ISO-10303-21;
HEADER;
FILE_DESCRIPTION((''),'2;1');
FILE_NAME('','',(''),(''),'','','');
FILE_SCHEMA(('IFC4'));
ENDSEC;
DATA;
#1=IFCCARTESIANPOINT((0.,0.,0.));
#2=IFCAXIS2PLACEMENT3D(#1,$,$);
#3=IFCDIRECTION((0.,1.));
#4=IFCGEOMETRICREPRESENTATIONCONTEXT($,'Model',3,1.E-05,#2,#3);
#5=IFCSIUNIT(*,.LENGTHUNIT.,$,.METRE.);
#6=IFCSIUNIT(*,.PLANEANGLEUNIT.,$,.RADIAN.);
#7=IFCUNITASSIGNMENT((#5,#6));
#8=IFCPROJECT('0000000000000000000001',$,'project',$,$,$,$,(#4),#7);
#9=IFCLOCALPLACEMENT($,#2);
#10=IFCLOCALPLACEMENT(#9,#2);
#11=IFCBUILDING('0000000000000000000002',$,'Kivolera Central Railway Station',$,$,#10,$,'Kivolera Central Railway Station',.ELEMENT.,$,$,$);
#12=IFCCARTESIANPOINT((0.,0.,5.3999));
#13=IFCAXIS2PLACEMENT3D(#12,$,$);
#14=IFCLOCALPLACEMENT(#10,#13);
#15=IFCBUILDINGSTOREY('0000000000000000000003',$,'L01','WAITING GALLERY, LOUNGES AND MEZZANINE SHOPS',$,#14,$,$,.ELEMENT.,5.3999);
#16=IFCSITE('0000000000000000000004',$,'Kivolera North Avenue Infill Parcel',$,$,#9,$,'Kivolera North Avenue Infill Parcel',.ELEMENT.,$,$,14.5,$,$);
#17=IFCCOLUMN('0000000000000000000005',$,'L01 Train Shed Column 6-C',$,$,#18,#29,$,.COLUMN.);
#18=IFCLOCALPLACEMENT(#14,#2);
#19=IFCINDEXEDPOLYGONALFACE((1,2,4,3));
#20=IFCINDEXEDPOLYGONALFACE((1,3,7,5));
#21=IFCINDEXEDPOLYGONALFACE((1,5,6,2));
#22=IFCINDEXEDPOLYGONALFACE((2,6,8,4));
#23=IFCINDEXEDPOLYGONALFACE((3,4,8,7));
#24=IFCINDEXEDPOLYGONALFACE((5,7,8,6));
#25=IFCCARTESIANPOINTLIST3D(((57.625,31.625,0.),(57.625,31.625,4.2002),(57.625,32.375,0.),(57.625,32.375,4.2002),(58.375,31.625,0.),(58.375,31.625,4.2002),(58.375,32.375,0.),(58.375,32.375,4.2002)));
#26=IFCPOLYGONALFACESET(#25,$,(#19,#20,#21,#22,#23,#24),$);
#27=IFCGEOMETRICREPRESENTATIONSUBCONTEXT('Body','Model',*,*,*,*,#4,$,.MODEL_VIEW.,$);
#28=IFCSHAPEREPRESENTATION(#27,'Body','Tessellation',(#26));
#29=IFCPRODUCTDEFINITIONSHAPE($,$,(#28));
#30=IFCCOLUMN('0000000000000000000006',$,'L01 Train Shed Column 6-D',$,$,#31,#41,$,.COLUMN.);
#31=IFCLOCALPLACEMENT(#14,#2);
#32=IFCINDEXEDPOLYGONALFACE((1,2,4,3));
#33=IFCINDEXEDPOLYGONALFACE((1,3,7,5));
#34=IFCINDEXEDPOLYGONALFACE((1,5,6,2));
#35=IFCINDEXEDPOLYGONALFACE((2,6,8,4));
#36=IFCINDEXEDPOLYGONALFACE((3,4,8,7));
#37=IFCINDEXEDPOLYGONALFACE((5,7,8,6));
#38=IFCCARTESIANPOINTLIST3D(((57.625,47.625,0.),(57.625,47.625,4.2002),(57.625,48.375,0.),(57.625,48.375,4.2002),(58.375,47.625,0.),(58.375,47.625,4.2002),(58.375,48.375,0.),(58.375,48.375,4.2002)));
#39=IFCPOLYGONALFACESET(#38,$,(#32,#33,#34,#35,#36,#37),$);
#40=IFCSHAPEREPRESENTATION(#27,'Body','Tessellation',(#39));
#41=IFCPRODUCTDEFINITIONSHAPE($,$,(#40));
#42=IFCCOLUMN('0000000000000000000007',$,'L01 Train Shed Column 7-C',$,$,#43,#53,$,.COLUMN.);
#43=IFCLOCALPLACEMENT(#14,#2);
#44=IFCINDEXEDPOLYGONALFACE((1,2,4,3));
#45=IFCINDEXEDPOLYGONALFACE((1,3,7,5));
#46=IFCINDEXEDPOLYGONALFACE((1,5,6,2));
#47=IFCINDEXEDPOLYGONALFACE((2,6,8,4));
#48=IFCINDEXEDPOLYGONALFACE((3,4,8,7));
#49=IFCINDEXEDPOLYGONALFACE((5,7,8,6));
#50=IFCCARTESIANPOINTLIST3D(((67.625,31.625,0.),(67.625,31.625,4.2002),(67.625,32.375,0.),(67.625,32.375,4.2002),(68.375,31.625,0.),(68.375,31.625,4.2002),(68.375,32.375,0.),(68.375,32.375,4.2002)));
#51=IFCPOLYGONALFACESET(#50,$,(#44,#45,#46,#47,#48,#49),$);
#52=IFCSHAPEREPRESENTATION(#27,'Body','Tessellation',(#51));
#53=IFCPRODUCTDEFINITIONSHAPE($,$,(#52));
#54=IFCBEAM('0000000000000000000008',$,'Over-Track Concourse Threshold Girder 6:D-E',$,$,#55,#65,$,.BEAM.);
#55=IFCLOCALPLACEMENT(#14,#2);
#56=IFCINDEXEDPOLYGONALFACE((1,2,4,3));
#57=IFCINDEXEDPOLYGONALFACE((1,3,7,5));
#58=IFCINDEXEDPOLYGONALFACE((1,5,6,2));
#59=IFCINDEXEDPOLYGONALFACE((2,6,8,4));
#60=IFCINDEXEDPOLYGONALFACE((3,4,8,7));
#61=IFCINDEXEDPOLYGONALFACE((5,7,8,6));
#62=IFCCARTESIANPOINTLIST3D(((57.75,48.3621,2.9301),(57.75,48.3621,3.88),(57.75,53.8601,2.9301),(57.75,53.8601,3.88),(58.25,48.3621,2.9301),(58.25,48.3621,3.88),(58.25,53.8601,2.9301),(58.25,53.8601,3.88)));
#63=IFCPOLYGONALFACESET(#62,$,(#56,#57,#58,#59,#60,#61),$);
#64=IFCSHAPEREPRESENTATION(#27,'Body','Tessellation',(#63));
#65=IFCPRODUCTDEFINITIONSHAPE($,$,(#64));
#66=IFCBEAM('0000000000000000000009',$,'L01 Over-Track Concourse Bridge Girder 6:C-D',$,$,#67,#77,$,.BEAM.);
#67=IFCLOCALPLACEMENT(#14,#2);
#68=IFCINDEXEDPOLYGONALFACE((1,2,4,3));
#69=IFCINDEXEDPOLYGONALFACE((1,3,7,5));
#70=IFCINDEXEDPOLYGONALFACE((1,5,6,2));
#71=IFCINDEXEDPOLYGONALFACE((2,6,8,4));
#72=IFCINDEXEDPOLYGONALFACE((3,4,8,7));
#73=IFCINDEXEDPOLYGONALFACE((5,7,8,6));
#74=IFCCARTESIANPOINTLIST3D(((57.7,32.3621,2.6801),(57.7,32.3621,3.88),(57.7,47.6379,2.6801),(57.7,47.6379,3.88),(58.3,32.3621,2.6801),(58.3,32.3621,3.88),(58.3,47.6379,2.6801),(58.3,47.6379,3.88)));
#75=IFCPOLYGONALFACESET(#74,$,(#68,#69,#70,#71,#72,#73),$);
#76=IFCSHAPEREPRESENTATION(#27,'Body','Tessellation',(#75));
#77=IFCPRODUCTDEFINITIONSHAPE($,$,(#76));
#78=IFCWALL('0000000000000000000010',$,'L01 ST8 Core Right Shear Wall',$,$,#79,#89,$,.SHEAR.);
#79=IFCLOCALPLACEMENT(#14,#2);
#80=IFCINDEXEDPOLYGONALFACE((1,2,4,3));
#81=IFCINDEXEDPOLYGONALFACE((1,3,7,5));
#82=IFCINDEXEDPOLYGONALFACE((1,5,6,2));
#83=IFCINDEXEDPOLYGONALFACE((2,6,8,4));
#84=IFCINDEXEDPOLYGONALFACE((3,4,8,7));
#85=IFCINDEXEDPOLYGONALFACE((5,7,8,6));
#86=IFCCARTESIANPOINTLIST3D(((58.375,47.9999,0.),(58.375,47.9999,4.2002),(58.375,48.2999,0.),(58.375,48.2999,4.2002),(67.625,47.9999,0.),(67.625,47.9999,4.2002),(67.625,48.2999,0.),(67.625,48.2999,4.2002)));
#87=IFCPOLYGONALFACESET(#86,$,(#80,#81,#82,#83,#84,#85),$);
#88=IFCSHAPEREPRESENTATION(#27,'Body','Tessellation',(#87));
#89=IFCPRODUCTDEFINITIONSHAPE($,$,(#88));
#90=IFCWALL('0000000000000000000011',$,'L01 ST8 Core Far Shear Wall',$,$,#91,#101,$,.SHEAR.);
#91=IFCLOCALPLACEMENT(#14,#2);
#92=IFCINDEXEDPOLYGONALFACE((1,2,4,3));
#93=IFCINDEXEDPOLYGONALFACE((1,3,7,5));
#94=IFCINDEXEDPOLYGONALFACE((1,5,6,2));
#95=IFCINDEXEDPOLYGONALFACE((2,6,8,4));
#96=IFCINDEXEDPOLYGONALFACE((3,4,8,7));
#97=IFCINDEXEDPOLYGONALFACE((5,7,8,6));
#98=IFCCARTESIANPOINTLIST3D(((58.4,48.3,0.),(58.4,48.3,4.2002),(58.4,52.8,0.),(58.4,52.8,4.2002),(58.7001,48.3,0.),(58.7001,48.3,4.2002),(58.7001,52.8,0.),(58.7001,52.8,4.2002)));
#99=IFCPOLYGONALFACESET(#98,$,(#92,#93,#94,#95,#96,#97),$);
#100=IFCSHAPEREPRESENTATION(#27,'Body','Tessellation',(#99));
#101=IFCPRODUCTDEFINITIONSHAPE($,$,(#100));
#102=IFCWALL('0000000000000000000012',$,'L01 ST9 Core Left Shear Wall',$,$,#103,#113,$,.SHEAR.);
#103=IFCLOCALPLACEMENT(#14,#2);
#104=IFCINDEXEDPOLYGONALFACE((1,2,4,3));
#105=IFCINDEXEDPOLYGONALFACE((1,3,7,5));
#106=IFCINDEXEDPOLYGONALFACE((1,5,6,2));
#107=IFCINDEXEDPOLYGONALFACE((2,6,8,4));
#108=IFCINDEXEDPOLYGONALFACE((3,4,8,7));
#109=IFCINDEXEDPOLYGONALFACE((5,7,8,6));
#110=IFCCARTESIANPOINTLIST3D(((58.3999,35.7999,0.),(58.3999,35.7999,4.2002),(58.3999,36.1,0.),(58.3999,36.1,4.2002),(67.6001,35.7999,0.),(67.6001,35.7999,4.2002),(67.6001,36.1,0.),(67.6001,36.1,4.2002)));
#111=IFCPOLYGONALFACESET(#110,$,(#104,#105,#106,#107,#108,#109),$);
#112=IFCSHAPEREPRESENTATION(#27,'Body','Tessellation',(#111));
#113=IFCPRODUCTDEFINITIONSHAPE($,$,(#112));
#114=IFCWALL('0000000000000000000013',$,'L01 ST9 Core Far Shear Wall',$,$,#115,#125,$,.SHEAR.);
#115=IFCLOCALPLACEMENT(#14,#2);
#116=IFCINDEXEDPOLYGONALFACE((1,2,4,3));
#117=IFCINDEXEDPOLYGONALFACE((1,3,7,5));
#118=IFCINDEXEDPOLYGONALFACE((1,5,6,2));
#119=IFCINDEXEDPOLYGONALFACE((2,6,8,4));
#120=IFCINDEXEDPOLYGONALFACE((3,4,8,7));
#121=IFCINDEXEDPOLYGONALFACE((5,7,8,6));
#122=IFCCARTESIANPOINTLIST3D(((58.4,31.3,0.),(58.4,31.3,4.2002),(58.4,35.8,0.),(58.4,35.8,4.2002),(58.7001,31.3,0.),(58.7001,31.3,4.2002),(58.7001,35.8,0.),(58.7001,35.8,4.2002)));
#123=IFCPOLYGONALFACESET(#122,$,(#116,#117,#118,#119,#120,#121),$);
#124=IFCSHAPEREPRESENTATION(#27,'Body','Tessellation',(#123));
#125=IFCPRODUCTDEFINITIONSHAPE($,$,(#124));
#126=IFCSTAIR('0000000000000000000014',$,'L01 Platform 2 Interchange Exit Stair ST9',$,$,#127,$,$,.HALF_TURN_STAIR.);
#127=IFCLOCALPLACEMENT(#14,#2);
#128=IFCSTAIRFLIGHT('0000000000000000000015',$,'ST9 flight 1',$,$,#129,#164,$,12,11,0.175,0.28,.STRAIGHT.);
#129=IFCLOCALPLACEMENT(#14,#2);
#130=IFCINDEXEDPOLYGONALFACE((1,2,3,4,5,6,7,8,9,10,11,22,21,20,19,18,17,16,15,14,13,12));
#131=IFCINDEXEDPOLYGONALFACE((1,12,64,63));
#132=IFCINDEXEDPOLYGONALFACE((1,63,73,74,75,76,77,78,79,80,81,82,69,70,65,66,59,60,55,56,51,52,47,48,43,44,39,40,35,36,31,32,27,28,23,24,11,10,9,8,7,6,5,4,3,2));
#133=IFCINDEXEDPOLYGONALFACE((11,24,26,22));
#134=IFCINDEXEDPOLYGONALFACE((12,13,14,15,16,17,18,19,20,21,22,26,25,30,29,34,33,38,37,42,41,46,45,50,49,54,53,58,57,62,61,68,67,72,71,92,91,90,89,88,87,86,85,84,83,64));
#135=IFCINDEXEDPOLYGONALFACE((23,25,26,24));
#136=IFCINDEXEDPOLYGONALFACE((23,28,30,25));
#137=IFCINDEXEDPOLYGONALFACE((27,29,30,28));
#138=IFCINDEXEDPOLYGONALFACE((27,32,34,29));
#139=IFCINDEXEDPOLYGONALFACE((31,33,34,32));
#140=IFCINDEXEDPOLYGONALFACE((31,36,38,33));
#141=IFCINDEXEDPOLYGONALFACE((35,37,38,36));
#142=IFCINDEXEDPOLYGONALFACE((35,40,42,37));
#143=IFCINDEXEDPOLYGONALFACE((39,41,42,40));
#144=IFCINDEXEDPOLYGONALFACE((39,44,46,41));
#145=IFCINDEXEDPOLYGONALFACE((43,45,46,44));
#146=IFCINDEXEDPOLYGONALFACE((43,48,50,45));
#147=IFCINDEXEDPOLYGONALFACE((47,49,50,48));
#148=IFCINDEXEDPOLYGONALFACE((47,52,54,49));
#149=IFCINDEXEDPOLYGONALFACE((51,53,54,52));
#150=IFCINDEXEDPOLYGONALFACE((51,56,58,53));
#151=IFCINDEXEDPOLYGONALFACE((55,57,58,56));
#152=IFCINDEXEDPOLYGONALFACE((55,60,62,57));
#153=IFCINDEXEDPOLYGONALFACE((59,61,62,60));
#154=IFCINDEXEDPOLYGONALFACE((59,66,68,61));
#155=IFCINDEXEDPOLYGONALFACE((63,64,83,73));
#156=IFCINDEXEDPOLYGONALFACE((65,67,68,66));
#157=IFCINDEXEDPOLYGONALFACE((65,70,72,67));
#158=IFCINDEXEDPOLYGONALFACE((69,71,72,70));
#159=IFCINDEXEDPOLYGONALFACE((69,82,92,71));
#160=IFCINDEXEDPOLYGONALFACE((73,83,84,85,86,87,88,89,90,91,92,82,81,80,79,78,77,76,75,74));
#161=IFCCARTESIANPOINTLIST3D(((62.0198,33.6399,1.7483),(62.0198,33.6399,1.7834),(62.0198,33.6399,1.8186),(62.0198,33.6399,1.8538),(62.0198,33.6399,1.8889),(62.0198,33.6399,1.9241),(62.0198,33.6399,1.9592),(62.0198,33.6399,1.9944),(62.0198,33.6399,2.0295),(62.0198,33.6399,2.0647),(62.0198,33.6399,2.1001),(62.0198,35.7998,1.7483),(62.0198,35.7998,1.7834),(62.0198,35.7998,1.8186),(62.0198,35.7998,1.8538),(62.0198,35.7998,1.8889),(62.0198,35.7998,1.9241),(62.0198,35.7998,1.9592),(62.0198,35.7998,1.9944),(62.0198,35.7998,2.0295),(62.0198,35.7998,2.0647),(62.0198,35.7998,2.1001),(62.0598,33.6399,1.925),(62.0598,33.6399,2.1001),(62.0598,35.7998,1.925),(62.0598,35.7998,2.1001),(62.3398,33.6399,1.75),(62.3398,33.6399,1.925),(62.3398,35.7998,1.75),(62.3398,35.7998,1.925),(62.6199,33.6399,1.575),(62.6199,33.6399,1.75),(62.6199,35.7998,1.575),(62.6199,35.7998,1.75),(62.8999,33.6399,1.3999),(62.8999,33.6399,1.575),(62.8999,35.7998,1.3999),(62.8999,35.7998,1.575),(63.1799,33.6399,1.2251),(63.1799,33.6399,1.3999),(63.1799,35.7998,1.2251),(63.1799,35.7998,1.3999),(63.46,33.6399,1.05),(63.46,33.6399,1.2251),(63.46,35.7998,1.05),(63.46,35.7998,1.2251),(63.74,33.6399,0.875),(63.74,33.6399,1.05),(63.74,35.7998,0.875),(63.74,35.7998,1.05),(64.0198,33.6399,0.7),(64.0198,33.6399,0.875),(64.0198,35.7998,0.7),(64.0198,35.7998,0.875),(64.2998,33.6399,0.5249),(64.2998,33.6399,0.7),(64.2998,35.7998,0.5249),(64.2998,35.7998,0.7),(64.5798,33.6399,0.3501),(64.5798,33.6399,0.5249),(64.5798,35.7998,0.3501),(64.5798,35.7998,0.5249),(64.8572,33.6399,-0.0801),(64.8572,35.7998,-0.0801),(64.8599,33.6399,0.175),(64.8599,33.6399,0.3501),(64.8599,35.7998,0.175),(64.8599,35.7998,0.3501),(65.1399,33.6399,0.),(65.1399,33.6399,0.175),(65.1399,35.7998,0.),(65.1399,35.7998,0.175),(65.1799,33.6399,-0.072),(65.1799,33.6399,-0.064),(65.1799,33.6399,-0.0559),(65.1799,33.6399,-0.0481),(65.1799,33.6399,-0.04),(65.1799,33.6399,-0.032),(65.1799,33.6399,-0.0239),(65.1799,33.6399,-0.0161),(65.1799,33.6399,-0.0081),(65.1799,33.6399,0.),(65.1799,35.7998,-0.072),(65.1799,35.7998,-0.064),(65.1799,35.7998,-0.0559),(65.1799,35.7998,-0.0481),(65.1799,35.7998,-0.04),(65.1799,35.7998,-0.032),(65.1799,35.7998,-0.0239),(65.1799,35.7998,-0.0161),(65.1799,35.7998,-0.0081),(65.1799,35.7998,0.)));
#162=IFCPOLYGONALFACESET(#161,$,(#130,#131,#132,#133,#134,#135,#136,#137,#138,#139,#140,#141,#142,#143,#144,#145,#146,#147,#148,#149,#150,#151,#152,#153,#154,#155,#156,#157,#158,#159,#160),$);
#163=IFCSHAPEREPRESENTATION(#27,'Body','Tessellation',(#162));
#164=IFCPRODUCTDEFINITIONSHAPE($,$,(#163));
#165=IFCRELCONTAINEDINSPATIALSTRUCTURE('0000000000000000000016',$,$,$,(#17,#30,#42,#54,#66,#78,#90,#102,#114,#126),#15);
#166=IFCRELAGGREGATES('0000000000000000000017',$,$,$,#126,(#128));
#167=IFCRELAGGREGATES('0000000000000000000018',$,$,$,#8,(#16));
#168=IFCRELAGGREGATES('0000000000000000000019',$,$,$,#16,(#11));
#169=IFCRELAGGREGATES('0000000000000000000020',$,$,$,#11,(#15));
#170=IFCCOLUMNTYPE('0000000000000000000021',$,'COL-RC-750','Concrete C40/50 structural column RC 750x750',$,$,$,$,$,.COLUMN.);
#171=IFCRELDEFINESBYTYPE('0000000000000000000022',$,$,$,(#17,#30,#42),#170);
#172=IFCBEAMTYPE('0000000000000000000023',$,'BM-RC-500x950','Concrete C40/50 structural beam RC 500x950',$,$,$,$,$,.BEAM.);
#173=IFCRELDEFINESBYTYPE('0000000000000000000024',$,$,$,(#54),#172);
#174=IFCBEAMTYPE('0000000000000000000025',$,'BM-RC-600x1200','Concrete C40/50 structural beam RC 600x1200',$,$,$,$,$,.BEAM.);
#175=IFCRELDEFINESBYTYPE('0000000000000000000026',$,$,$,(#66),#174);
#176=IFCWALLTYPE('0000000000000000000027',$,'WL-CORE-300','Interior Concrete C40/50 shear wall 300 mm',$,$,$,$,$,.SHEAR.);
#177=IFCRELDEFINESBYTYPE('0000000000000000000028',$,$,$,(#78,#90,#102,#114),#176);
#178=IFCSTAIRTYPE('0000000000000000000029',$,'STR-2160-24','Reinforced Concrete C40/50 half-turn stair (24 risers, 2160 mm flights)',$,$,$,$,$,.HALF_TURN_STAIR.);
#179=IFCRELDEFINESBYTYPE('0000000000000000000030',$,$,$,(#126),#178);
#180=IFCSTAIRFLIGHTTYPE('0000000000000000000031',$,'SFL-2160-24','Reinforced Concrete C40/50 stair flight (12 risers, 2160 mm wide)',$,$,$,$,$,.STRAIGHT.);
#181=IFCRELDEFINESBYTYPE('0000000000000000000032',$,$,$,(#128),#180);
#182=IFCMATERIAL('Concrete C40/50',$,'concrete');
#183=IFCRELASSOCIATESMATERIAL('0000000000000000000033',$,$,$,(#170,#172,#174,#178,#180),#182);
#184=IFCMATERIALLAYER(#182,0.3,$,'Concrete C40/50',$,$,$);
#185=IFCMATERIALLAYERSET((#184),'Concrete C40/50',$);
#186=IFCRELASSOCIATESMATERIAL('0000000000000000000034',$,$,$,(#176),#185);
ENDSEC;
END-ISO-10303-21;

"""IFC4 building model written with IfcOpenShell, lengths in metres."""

from ifc_helpers import new_model, si_unit, direction, frame, frame_2d, origin, origin_2d, place, context, subcontext, project, spatial, polyline, rectangle, outline, extrude, material, layer, layer_set, material_profile, profile_set, type_object, element, aggregate, save


model = new_model("IFC4")

# Units and contexts
model_context = context("Model", 3, precision=1e-05, world=origin(), true_north=direction((0.0, 1.0)))
body_context = subcontext(model_context, "Body", "Model", "MODEL_VIEW")
ifc_project = project(units=[si_unit("LENGTHUNIT", "METRE"), si_unit("PLANEANGLEUNIT", "RADIAN")], contexts=[model_context])

# Site, building, storey
site_placement = place(None, origin())
site = spatial("IfcSite", under=ifc_project, at=site_placement, Name="Kivolera North Avenue Infill Parcel", LongName="Kivolera North Avenue Infill Parcel", CompositionType="ELEMENT", RefElevation=14.5)
building_placement = place(site_placement, origin())
building = spatial("IfcBuilding", under=site, at=building_placement, Name="Kivolera Central Railway Station", LongName="Kivolera Central Railway Station", CompositionType="ELEMENT")
storey_placement = place(building_placement, frame((0.0, 0.0, 5.3999)))
storey = spatial("IfcBuildingStorey", under=building, at=storey_placement, Name="L01", Description="WAITING GALLERY, LOUNGES AND MEZZANINE SHOPS", CompositionType="ELEMENT", Elevation=5.3999)

# Columns
ifc_material_1 = material(Name="Concrete C40/50", Category="concrete")
ifc_material_profile_1 = material_profile(ifc_material_1, rectangle(XDim=0.75, YDim=0.75, at=origin_2d()), Name="RC 750x750")
ifc_profile_set_1 = profile_set([ifc_material_profile_1], Name="Concrete C40/50")
column_type = type_object("IfcColumnType", Name="COL-RC-750", Description="Concrete C40/50 structural column RC 750x750", PredefinedType="COLUMN", material=ifc_profile_set_1)
for number, where, z_axis, x_axis, name in (
    (1, (58.0, 32.0, 0.0), (0.0, 0.0, 1.0), (1.0, 0.0, 0.0), "L01 Train Shed Column 6-C"),
    (2, (58.0, 48.0, 0.0), (0.0, 0.0, 1.0), (1.0, 0.0, 0.0), "L01 Train Shed Column 6-D"),
    (3, (68.0, 32.0, 0.0), (0.0, 0.0, 1.0), (1.0, 0.0, 0.0), "L01 Train Shed Column 7-C"),
):
    element("IfcColumn", number, at=place(storey_placement, frame(where, z_axis=z_axis, x_axis=x_axis)), inside=storey, type_object=column_type, Name=name, PredefinedType="COLUMN", context=body_context, shape_type="SweptSolid", body=[
        extrude(rectangle(XDim=0.75, YDim=0.75, at=origin_2d()), origin(), (0.0, 0.0, 1.0), 4.2002),
    ])

# Beams
ifc_material_profile_2 = material_profile(ifc_material_1, rectangle(XDim=0.5, YDim=0.95, at=origin_2d()), Name="RC 500x950")
ifc_profile_set_2 = profile_set([ifc_material_profile_2], Name="Concrete C40/50")
beam_type_1 = type_object("IfcBeamType", Name="BM-RC-500x950", Description="Concrete C40/50 structural beam RC 500x950", PredefinedType="BEAM", material=ifc_profile_set_2)
beam_1_placement = place(storey_placement, frame((58.0, 48.3621, 3.405), z_axis=(0.0, 1.0, 0.0), x_axis=(-1.0, 0.0, 0.0)))
element("IfcBeam", 4, at=beam_1_placement, inside=storey, type_object=beam_type_1, Name="Over-Track Concourse Threshold Girder 6:D-E", PredefinedType="BEAM", context=body_context, shape_type="SweptSolid", body=[
    extrude(rectangle(XDim=0.5, YDim=0.95, at=origin_2d()), origin(), (0.0, 0.0, 1.0), 5.498),
])
ifc_material_profile_3 = material_profile(ifc_material_1, rectangle(XDim=0.6001, YDim=1.2, at=origin_2d()), Name="RC 600x1200")
ifc_profile_set_3 = profile_set([ifc_material_profile_3], Name="Concrete C40/50")
beam_type_2 = type_object("IfcBeamType", Name="BM-RC-600x1200", Description="Concrete C40/50 structural beam RC 600x1200", PredefinedType="BEAM", material=ifc_profile_set_3)
beam_2_placement = place(storey_placement, frame((58.0, 32.3621, 3.28), z_axis=(0.0, 1.0, 0.0), x_axis=(-1.0, 0.0, 0.0)))
element("IfcBeam", 5, at=beam_2_placement, inside=storey, type_object=beam_type_2, Name="L01 Over-Track Concourse Bridge Girder 6:C-D", PredefinedType="BEAM", context=body_context, shape_type="SweptSolid", body=[
    extrude(rectangle(XDim=0.6001, YDim=1.2, at=origin_2d()), origin(), (0.0, 0.0, 1.0), 15.2759),
])

# Walls
ifc_layer_1 = layer(ifc_material_1, 0.3, Name="Concrete C40/50")
ifc_layer_set_1 = layer_set([ifc_layer_1], Name="Concrete C40/50")
wall_type = type_object("IfcWallType", Name="WL-CORE-300", Description="Interior Concrete C40/50 shear wall 300 mm", PredefinedType="SHEAR", material=ifc_layer_set_1)
wall_1_placement = place(storey_placement, frame((67.625, 48.1499, 0.0), z_axis=(0.0, 0.0, 1.0), x_axis=(-1.0, 0.0, 0.0)))
element("IfcWall", 6, at=wall_1_placement, inside=storey, type_object=wall_type, Name="L01 ST8 Core Right Shear Wall", PredefinedType="SHEAR", context=body_context, shape_type="SweptSolid", body=[
    extrude(rectangle(XDim=9.25, YDim=0.3, at=frame_2d((4.625, 0.0))), origin(), (0.0, 0.0, 1.0), 4.2002),
])
wall_2_placement = place(storey_placement, frame((58.55, 48.3, 0.0), z_axis=(0.0, 0.0, 1.0), x_axis=(0.0, 1.0, 0.0)))
element("IfcWall", 7, at=wall_2_placement, inside=storey, type_object=wall_type, Name="L01 ST8 Core Far Shear Wall", PredefinedType="SHEAR", context=body_context, shape_type="SweptSolid", body=[
    extrude(rectangle(XDim=4.5, YDim=0.3, at=frame_2d((2.25, 0.0))), origin(), (0.0, 0.0, 1.0), 4.2002),
])
wall_3_placement = place(storey_placement, frame((58.3999, 35.95, 0.0), z_axis=(0.0, 0.0, 1.0), x_axis=(1.0, 0.0, 0.0)))
element("IfcWall", 8, at=wall_3_placement, inside=storey, type_object=wall_type, Name="L01 ST9 Core Left Shear Wall", PredefinedType="SHEAR", context=body_context, shape_type="SweptSolid", body=[
    extrude(rectangle(XDim=9.2002, YDim=0.3, at=frame_2d((4.6001, 0.0))), origin(), (0.0, 0.0, 1.0), 4.2002),
])

# Wall
wall_4_placement = place(storey_placement, frame((58.55, 31.3, 0.0), z_axis=(0.0, 0.0, 1.0), x_axis=(0.0, 1.0, 0.0)))
element("IfcWall", 9, at=wall_4_placement, inside=storey, type_object=wall_type, Name="L01 ST9 Core Far Shear Wall", PredefinedType="SHEAR", context=body_context, shape_type="SweptSolid", body=[
    extrude(rectangle(XDim=4.5, YDim=0.3, at=frame_2d((2.25, 0.0))), origin(), (0.0, 0.0, 1.0), 4.2002),
])

# Stair, stair flight
stair_type = type_object("IfcStairType", Name="STR-2160-24", Description="Reinforced Concrete C40/50 half-turn stair (24 risers, 2160 mm flights)", PredefinedType="HALF_TURN_STAIR", material=ifc_material_1)
stair_placement = place(storey_placement, origin())
stair = element("IfcStair", 10, at=stair_placement, inside=storey, type_object=stair_type, Name="L01 Platform 2 Interchange Exit Stair ST9", PredefinedType="HALF_TURN_STAIR")
stair_flight_type = type_object("IfcStairFlightType", Name="SFL-2160-24", Description="Reinforced Concrete C40/50 stair flight (12 risers, 2160 mm wide)", PredefinedType="STRAIGHT", material=ifc_material_1)
stair_flight_1_placement = place(storey_placement, frame((65.1399, 34.72, 0.0), z_axis=(0.0, 0.0, 1.0), x_axis=(-1.0, 0.0, 0.0)))
stair_flight_1 = element("IfcStairFlight", 11, at=stair_flight_1_placement, type_object=stair_flight_type, Name="ST9 flight 1", NumberOfRisers=12, NumberOfTreads=11, PredefinedType="STRAIGHT", RiserHeight=0.175, TreadLength=0.28, context=body_context, shape_type="SweptSolid", body=[
    extrude(outline(polyline([(-0.04, 0.0), (0.0, 0.0), (0.0, 0.175), (0.28, 0.175), (0.28, 0.3501), (0.5601, 0.3501), (0.5601, 0.5249), (0.8401, 0.5249), (0.8401, 0.7), (1.1201, 0.7), (1.1201, 0.875), (1.3999, 0.875), (1.3999, 1.05), (1.6799, 1.05), (1.6799, 1.2251), (1.96, 1.2251), (1.96, 1.3999), (2.24, 1.3999), (2.24, 1.575), (2.52, 1.575), (2.52, 1.75), (2.8, 1.75), (2.8, 1.925), (3.0801, 1.925), (3.0801, 2.1001), (3.1201, 2.1001), (3.1201, 2.0647), (3.1201, 2.0295), (3.1201, 1.9944), (3.1201, 1.9592), (3.1201, 1.9241), (3.1201, 1.8889), (3.1201, 1.8538), (3.1201, 1.8186), (3.1201, 1.7834), (3.1201, 1.7483), (0.2827, -0.0801), (-0.04, -0.072), (-0.04, -0.064), (-0.04, -0.0559), (-0.04, -0.0481), (-0.04, -0.04), (-0.04, -0.032), (-0.04, -0.0239), (-0.04, -0.0161), (-0.04, -0.0081), (-0.04, 0.0)])), frame((0.0, 1.0801, 0.0), z_axis=(0.0, -1.0, 0.0), x_axis=(1.0, 0.0, 0.0)), (0.0, 0.0, 1.0), 2.1599),
])
aggregate(stair, [stair_flight_1])

save(model, "model.ifc")
